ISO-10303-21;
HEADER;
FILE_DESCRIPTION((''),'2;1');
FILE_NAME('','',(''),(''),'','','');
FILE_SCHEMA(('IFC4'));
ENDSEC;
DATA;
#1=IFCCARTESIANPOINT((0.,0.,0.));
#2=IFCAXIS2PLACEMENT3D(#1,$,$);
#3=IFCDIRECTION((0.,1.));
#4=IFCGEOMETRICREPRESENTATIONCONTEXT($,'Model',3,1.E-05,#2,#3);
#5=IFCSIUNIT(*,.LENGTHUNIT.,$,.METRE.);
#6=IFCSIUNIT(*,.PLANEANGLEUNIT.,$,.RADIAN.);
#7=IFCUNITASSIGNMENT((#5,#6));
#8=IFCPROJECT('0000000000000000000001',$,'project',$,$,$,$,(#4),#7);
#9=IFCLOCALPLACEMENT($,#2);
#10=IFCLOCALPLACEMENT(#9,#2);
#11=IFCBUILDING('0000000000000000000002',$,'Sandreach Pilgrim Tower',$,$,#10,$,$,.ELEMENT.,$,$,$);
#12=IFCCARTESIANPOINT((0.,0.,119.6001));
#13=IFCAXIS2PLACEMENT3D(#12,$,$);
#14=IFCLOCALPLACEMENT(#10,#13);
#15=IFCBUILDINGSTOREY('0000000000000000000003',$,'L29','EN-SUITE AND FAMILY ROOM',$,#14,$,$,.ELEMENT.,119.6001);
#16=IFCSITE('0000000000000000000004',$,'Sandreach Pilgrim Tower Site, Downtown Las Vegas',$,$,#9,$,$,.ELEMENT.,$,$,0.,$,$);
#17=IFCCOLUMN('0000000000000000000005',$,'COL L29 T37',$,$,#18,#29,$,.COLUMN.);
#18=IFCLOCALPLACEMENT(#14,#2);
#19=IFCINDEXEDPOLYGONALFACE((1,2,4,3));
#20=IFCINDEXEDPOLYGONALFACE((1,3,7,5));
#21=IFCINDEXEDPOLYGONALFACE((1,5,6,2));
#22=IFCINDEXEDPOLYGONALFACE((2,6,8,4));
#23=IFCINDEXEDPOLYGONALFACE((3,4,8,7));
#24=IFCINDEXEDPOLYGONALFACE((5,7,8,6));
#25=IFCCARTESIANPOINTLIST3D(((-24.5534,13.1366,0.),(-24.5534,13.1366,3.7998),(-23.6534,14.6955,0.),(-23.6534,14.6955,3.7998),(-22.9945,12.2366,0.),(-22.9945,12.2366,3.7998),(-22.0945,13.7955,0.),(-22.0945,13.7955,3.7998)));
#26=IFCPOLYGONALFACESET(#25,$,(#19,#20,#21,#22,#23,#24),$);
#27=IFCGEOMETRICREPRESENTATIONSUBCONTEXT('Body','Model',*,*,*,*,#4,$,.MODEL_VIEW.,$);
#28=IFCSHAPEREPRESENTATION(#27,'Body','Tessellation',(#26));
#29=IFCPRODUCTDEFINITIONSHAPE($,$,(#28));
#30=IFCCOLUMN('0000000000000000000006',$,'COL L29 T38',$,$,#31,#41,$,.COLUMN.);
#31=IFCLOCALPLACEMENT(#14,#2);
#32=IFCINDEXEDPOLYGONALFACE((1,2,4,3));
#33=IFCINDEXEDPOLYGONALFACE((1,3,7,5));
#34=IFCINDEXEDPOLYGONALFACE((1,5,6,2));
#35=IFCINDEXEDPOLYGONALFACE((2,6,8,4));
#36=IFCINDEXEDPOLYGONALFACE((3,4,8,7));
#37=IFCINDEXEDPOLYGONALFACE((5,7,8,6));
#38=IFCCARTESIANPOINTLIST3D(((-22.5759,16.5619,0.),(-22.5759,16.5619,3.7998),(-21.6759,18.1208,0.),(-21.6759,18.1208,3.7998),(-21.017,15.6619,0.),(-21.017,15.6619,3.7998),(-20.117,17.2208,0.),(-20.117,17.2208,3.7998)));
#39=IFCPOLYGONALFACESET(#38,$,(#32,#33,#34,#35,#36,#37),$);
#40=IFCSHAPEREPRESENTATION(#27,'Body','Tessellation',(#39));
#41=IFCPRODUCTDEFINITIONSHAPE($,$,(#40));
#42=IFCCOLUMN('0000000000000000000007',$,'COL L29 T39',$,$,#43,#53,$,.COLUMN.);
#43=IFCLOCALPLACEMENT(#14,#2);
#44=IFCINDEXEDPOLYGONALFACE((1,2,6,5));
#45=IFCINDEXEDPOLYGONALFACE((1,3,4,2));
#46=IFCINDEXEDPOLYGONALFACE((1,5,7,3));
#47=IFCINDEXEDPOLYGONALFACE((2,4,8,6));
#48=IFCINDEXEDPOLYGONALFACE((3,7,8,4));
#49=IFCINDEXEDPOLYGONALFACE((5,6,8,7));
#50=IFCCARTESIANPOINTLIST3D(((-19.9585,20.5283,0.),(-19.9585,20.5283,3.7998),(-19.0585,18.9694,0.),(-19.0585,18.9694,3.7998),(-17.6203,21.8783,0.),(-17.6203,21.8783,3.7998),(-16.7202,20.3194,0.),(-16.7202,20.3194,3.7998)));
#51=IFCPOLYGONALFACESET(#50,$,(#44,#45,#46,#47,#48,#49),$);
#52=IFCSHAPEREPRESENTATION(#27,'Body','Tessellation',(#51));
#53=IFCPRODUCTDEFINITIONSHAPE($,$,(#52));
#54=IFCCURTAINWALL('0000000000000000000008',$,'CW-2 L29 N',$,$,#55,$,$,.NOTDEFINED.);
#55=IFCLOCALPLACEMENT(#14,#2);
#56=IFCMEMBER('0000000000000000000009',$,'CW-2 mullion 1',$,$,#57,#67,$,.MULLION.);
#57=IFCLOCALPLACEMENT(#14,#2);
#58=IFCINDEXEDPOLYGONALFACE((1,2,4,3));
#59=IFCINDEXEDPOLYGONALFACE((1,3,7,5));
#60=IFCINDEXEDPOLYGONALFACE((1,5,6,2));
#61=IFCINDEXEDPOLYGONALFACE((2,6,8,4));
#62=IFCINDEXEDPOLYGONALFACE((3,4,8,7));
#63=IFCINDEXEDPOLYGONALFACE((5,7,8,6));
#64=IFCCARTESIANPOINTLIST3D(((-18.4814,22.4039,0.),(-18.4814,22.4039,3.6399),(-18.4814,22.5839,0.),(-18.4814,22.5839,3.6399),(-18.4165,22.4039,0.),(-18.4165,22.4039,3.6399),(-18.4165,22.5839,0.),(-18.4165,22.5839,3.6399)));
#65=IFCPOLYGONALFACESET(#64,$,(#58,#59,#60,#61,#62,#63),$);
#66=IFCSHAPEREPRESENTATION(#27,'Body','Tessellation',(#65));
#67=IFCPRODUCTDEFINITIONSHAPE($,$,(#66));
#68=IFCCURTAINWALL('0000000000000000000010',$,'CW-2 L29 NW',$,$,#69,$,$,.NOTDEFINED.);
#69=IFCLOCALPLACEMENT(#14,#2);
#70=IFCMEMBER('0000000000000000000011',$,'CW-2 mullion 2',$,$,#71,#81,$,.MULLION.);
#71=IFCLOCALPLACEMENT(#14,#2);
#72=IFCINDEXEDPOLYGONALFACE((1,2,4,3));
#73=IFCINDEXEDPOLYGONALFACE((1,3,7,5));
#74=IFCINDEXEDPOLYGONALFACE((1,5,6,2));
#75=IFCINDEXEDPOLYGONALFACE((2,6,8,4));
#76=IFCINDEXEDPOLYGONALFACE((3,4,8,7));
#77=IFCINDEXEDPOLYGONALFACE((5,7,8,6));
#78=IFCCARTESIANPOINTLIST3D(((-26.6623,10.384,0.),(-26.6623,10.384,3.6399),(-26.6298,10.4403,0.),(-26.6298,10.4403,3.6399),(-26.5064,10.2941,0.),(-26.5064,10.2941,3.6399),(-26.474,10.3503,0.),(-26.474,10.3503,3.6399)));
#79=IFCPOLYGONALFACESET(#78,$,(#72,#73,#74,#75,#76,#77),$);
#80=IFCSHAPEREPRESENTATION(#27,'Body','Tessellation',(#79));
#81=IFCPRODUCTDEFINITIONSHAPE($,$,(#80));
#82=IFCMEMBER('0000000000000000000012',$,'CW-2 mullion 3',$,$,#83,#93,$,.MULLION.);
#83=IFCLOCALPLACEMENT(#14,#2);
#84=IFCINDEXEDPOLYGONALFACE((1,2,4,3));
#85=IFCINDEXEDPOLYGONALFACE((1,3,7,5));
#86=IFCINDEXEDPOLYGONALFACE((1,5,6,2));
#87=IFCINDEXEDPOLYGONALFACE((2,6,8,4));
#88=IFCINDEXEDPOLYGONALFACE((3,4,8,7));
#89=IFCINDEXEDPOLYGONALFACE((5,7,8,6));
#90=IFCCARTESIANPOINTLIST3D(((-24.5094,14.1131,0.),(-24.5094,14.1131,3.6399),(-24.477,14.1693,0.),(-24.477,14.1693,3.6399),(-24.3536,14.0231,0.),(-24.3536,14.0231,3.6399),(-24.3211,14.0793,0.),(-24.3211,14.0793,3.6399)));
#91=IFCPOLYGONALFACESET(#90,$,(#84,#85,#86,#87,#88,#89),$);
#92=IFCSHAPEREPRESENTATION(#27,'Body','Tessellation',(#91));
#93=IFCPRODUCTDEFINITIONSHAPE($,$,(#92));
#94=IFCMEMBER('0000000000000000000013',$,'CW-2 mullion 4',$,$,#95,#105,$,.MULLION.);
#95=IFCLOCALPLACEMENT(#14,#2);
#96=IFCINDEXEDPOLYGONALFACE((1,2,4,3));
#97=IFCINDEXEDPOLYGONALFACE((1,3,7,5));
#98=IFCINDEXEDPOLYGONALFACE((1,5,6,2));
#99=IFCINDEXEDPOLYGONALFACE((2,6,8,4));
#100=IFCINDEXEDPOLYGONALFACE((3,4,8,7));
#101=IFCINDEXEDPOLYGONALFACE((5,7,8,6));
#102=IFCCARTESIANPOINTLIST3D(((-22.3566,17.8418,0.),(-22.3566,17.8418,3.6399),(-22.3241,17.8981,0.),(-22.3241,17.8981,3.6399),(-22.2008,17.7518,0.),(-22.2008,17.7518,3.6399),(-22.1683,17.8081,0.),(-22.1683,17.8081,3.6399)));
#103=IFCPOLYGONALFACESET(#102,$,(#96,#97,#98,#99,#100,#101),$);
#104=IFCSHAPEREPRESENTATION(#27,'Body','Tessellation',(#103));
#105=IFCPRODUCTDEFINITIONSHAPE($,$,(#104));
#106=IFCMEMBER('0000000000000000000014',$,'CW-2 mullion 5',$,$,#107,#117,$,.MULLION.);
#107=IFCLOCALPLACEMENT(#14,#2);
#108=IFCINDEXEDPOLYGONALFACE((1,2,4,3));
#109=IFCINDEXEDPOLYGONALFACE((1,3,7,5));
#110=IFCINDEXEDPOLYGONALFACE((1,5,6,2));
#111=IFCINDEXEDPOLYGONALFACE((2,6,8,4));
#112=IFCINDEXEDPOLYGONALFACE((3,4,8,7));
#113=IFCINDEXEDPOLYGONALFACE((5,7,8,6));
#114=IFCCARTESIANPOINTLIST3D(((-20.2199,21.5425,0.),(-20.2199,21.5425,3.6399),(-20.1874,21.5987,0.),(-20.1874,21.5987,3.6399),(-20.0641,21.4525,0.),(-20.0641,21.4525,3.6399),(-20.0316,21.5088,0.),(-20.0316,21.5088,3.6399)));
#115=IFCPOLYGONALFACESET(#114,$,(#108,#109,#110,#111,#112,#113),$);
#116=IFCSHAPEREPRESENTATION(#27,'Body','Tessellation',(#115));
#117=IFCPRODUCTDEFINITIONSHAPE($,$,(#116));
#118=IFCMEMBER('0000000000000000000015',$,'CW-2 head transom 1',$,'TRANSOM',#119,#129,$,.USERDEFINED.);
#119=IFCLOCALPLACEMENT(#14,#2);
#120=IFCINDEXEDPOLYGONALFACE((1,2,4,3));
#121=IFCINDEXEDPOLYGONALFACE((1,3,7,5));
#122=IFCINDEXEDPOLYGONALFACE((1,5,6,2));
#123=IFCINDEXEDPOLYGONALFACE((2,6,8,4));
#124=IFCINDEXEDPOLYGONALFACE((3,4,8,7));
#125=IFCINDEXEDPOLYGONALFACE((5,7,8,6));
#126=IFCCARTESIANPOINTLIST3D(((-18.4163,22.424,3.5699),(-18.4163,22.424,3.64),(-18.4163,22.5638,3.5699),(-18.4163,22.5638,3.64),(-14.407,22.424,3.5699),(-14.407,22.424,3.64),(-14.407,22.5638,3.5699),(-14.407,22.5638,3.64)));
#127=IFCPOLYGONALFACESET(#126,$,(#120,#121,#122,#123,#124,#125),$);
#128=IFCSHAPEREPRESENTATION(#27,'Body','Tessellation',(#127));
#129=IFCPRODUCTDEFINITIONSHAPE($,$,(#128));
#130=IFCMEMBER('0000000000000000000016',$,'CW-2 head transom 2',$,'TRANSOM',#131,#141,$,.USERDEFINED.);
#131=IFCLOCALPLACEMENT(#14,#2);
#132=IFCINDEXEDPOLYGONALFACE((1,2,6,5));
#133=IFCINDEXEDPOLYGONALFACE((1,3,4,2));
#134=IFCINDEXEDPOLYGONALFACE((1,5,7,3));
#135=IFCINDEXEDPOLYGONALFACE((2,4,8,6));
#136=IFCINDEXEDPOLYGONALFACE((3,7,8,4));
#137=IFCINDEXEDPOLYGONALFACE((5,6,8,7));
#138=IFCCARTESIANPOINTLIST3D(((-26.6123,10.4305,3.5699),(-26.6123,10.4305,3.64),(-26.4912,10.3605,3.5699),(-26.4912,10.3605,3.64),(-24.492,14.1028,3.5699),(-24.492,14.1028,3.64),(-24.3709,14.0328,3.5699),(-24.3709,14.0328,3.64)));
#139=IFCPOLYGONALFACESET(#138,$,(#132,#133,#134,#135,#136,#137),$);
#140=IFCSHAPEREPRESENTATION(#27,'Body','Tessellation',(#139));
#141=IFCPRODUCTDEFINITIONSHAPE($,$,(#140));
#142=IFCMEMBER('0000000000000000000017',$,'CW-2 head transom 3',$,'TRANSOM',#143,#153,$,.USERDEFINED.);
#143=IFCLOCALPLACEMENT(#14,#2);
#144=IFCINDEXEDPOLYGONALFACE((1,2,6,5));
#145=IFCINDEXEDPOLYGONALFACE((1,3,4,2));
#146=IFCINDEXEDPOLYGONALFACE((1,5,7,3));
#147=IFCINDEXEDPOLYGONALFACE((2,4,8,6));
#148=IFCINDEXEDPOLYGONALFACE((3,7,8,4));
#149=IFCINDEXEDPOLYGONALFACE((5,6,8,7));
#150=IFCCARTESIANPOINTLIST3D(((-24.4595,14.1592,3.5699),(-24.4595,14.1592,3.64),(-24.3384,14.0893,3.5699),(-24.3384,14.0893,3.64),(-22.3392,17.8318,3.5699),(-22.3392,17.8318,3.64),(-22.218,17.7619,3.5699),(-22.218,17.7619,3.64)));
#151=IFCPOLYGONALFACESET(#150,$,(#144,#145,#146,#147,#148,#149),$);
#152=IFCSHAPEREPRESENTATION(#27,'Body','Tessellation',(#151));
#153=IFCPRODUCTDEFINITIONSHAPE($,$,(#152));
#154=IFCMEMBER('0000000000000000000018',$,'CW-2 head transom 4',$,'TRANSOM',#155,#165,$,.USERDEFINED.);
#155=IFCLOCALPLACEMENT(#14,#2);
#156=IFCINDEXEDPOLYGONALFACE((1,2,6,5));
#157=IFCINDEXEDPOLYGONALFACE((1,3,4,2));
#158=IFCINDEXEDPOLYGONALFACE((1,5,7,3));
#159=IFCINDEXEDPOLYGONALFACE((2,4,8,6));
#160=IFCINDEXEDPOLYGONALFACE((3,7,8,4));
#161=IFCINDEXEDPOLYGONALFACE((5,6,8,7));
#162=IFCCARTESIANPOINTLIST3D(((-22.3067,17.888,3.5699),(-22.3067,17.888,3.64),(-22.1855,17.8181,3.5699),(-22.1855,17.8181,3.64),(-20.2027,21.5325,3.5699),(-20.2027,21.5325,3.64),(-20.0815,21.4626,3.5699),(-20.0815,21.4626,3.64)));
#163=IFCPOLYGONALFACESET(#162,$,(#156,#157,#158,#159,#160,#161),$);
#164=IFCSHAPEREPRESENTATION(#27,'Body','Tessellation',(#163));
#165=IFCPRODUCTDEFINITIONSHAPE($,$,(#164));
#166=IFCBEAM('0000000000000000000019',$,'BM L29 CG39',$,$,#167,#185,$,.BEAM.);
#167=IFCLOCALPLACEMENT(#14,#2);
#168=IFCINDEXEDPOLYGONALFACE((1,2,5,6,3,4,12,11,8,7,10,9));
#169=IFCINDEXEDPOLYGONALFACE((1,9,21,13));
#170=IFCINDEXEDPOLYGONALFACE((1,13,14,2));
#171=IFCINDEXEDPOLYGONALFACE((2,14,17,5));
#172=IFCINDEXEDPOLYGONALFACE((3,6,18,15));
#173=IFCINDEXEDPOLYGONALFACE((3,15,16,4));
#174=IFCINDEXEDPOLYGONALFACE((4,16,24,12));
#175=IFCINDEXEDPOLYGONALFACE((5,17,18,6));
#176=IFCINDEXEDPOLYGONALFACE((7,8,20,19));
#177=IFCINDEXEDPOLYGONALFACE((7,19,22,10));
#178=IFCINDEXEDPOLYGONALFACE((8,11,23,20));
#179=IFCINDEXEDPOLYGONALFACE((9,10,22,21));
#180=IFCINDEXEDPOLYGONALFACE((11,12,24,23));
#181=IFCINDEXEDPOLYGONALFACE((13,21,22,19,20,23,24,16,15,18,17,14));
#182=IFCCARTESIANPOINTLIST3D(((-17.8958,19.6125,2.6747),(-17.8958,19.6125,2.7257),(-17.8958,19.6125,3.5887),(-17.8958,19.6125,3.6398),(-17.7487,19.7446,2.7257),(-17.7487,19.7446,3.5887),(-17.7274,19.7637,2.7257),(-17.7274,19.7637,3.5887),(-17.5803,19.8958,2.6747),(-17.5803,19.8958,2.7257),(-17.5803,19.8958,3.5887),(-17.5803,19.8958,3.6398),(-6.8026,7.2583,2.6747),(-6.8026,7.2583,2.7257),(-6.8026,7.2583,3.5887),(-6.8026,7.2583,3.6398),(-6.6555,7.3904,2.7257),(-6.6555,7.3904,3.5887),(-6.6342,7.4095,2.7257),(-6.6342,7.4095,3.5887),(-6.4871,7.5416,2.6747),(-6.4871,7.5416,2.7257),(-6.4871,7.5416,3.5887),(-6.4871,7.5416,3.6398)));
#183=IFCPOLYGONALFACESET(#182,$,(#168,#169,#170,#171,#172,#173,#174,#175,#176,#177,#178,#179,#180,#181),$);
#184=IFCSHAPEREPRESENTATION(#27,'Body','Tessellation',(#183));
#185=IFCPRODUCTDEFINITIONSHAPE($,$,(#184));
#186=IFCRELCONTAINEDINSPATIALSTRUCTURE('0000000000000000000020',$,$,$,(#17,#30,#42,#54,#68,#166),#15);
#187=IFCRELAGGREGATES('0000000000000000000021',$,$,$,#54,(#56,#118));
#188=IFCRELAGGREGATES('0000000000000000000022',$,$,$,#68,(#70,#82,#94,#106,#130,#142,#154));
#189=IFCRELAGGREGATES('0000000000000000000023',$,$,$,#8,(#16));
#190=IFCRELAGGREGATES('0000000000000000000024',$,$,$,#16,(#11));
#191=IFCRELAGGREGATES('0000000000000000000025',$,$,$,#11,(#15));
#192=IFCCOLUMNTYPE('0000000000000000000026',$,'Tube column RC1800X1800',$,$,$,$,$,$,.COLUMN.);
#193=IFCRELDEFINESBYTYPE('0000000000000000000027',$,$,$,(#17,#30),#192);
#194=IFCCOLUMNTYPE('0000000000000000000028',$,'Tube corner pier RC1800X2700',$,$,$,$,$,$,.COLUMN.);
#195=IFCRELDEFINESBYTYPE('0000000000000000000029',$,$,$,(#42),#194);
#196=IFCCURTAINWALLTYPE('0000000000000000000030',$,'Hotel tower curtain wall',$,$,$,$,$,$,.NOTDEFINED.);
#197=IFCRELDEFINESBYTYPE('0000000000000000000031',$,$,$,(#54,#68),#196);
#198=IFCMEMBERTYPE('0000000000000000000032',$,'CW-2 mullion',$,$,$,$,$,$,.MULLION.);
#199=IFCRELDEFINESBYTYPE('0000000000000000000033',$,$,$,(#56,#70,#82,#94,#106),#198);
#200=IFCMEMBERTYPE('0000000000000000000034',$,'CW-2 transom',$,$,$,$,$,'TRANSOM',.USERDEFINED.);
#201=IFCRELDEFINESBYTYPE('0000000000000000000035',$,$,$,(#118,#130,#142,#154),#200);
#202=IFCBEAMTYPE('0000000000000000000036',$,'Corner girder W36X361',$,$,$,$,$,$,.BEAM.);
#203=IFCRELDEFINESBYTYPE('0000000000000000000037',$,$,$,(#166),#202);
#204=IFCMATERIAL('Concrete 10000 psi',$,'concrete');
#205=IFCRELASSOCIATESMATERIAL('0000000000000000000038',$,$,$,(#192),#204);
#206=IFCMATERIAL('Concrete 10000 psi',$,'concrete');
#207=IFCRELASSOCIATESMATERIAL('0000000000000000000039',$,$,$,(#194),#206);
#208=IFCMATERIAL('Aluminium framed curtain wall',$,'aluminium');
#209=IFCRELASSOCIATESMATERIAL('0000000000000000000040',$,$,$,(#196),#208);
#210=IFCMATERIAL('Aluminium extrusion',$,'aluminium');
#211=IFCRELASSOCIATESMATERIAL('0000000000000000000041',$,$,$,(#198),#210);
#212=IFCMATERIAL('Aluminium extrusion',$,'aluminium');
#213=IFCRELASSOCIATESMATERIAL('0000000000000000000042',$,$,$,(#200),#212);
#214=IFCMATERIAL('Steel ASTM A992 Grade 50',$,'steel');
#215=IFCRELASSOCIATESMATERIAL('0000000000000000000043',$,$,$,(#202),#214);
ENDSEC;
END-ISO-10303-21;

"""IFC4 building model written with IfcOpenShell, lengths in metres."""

from ifc_helpers import new_model, si_unit, direction, frame, origin, origin_2d, place, context, subcontext, project, spatial, rectangle, i_section, extrude, material, material_profile, profile_set, type_object, element, aggregate, save


model = new_model("IFC4")

# Units and contexts
model_context = context("Model", 3, precision=1e-05, world=origin(), true_north=direction((0.0, 1.0)))
body_context = subcontext(model_context, "Body", "Model", "MODEL_VIEW")
ifc_project = project(units=[si_unit("LENGTHUNIT", "METRE"), si_unit("PLANEANGLEUNIT", "RADIAN")], contexts=[model_context])

# Site, building, storey
site_placement = place(None, origin())
site = spatial("IfcSite", under=ifc_project, at=site_placement, Name="Sandreach Pilgrim Tower Site, Downtown Las Vegas", CompositionType="ELEMENT", RefElevation=0.0)
building_placement = place(site_placement, origin())
building = spatial("IfcBuilding", under=site, at=building_placement, Name="Sandreach Pilgrim Tower", CompositionType="ELEMENT")
storey_placement = place(building_placement, frame((0.0, 0.0, 119.6001)))
storey = spatial("IfcBuildingStorey", under=building, at=storey_placement, Name="L29", Description="EN-SUITE AND FAMILY ROOM", CompositionType="ELEMENT", Elevation=119.6001)

# Columns
ifc_material_1 = material(Name="Concrete 10000 psi", Category="concrete")
ifc_material_profile_1 = material_profile(ifc_material_1, rectangle(XDim=1.8, YDim=1.8, at=origin_2d()), Name="RC1800X1800")
ifc_profile_set_1 = profile_set([ifc_material_profile_1], Name="Concrete 10000 psi")
column_type_1 = type_object("IfcColumnType", Name="Tube column RC1800X1800", PredefinedType="COLUMN", material=ifc_profile_set_1)
for number, where, z_axis, x_axis, name in (
    (1, (-23.324, 13.4661, 0.0), (0.0, 0.0, 1.0), (-0.866025, 0.5, 0.0), "COL L29 T37"),
    (2, (-21.3464, 16.8914, 0.0), (0.0, 0.0, 1.0), (-0.866025, 0.5, 0.0), "COL L29 T38"),
):
    element("IfcColumn", number, at=place(storey_placement, frame(where, z_axis=z_axis, x_axis=x_axis)), inside=storey, type_object=column_type_1, Name=name, PredefinedType="COLUMN", context=body_context, shape_type="SweptSolid", body=[
        extrude(rectangle(XDim=1.8, YDim=1.8, at=origin_2d()), origin(), (0.0, 0.0, 1.0), 3.7998),
    ])
ifc_material_2 = material(Name="Concrete 10000 psi", Category="concrete")
ifc_material_profile_2 = material_profile(ifc_material_2, rectangle(XDim=1.8, YDim=2.7, at=origin_2d()), Name="RC1800X2700")
ifc_profile_set_2 = profile_set([ifc_material_profile_2], Name="Concrete 10000 psi")
column_type_2 = type_object("IfcColumnType", Name="Tube corner pier RC1800X2700", PredefinedType="COLUMN", material=ifc_profile_set_2)
column_placement = place(storey_placement, frame((-18.3394, 20.4238, 0.0), z_axis=(0.0, 0.0, 1.0), x_axis=(-0.5, 0.866025, 0.0)))
element("IfcColumn", 3, at=column_placement, inside=storey, type_object=column_type_2, Name="COL L29 T39", PredefinedType="COLUMN", context=body_context, shape_type="SweptSolid", body=[
    extrude(rectangle(XDim=1.8, YDim=2.7, at=origin_2d()), origin(), (0.0, 0.0, 1.0), 3.7998),
])

# Curtain wall, member
ifc_material_3 = material(Name="Aluminium framed curtain wall", Category="aluminium")
curtain_wall_type = type_object("IfcCurtainWallType", Name="Hotel tower curtain wall", PredefinedType="NOTDEFINED", material=ifc_material_3)
curtain_wall_1_placement = place(storey_placement, origin())
curtain_wall_1 = element("IfcCurtainWall", 4, at=curtain_wall_1_placement, inside=storey, type_object=curtain_wall_type, Name="CW-2 L29 N", PredefinedType="NOTDEFINED")
ifc_material_4 = material(Name="Aluminium extrusion", Category="aluminium")
ifc_material_profile_3 = material_profile(ifc_material_4, rectangle(XDim=0.0649, YDim=0.1799, at=origin_2d()), Name="CW-2M 65X180")
ifc_profile_set_3 = profile_set([ifc_material_profile_3], Name="Aluminium extrusion")
member_type_1 = type_object("IfcMemberType", Name="CW-2 mullion", PredefinedType="MULLION", material=ifc_profile_set_3)
member_1_placement = place(storey_placement, frame((-18.449, 22.4939, 0.0), z_axis=(0.0, 0.0, 1.0), x_axis=(1.0, 0.0, 0.0)))
member_1 = element("IfcMember", 5, at=member_1_placement, type_object=member_type_1, Name="CW-2 mullion 1", PredefinedType="MULLION", context=body_context, shape_type="SweptSolid", body=[
    extrude(rectangle(XDim=0.0649, YDim=0.1799, at=origin_2d()), origin(), (0.0, 0.0, 1.0), 3.6399),
])

# Curtain wall, members
curtain_wall_2_placement = place(storey_placement, origin())
curtain_wall_2 = element("IfcCurtainWall", 6, at=curtain_wall_2_placement, inside=storey, type_object=curtain_wall_type, Name="CW-2 L29 NW", PredefinedType="NOTDEFINED")
member_2_placement = place(storey_placement, frame((-26.5681, 10.3672, 0.0), z_axis=(0.0, 0.0, 1.0), x_axis=(0.5, 0.866025, 0.0)))
member_2 = element("IfcMember", 7, at=member_2_placement, type_object=member_type_1, Name="CW-2 mullion 2", PredefinedType="MULLION", context=body_context, shape_type="SweptSolid", body=[
    extrude(rectangle(XDim=0.0649, YDim=0.1799, at=origin_2d()), origin(), (0.0, 0.0, 1.0), 3.6399),
])
member_3_placement = place(storey_placement, frame((-24.4153, 14.0962, 0.0), z_axis=(0.0, 0.0, 1.0), x_axis=(0.5, 0.866025, 0.0)))
member_3 = element("IfcMember", 8, at=member_3_placement, type_object=member_type_1, Name="CW-2 mullion 3", PredefinedType="MULLION", context=body_context, shape_type="SweptSolid", body=[
    extrude(rectangle(XDim=0.0649, YDim=0.1799, at=origin_2d()), origin(), (0.0, 0.0, 1.0), 3.6399),
])
member_4_placement = place(storey_placement, frame((-22.2625, 17.825, 0.0), z_axis=(0.0, 0.0, 1.0), x_axis=(0.5, 0.866025, 0.0)))
member_4 = element("IfcMember", 9, at=member_4_placement, type_object=member_type_1, Name="CW-2 mullion 4", PredefinedType="MULLION", context=body_context, shape_type="SweptSolid", body=[
    extrude(rectangle(XDim=0.0649, YDim=0.1799, at=origin_2d()), origin(), (0.0, 0.0, 1.0), 3.6399),
])
member_5_placement = place(storey_placement, frame((-20.1257, 21.5256, 0.0), z_axis=(0.0, 0.0, 1.0), x_axis=(0.5, 0.866025, 0.0)))
member_5 = element("IfcMember", 10, at=member_5_placement, type_object=member_type_1, Name="CW-2 mullion 5", PredefinedType="MULLION", context=body_context, shape_type="SweptSolid", body=[
    extrude(rectangle(XDim=0.0649, YDim=0.1799, at=origin_2d()), origin(), (0.0, 0.0, 1.0), 3.6399),
])

# Members
ifc_material_5 = material(Name="Aluminium extrusion", Category="aluminium")
ifc_material_profile_4 = material_profile(ifc_material_5, rectangle(XDim=0.1399, YDim=0.0701, at=origin_2d()), Name="CW-2T 140X70")
ifc_profile_set_4 = profile_set([ifc_material_profile_4], Name="Aluminium extrusion")
member_type_2 = type_object("IfcMemberType", Name="CW-2 transom", ElementType="TRANSOM", PredefinedType="USERDEFINED", material=ifc_profile_set_4)
member_6_placement = place(storey_placement, frame((-18.4163, 22.4939, 3.605), z_axis=(1.0, 0.0, 0.0), x_axis=(0.0, 1.0, 0.0)))
member_6 = element("IfcMember", 11, at=member_6_placement, type_object=member_type_2, Name="CW-2 head transom 1", ObjectType="TRANSOM", PredefinedType="USERDEFINED", context=body_context, shape_type="SweptSolid", body=[
    extrude(rectangle(XDim=0.1399, YDim=0.0701, at=origin_2d()), origin(), (0.0, 0.0, 1.0), 4.0093),
])
member_7_placement = place(storey_placement, frame((-26.5518, 10.3955, 3.605), z_axis=(0.500021, 0.866013, 0.0), x_axis=(-0.866013, 0.500021, 0.0)))
member_7 = element("IfcMember", 12, at=member_7_placement, type_object=member_type_2, Name="CW-2 head transom 2", ObjectType="TRANSOM", PredefinedType="USERDEFINED", context=body_context, shape_type="SweptSolid", body=[
    extrude(rectangle(XDim=0.1399, YDim=0.0701, at=origin_2d()), origin(), (0.0, 0.0, 1.0), 4.2405),
])
member_8_placement = place(storey_placement, frame((-24.3989, 14.1243, 3.605), z_axis=(0.499997, 0.866027, 0.0), x_axis=(-0.866027, 0.499997, 0.0)))
member_8 = element("IfcMember", 13, at=member_8_placement, type_object=member_type_2, Name="CW-2 head transom 3", ObjectType="TRANSOM", PredefinedType="USERDEFINED", context=body_context, shape_type="SweptSolid", body=[
    extrude(rectangle(XDim=0.1399, YDim=0.0701, at=origin_2d()), origin(), (0.0, 0.0, 1.0), 4.2407),
])
member_9_placement = place(storey_placement, frame((-22.2461, 17.853, 3.605), z_axis=(0.49997, 0.866043, 0.0), x_axis=(-0.866043, 0.49997, 0.0)))
member_9 = element("IfcMember", 14, at=member_9_placement, type_object=member_type_2, Name="CW-2 head transom 4", ObjectType="TRANSOM", PredefinedType="USERDEFINED", context=body_context, shape_type="SweptSolid", body=[
    extrude(rectangle(XDim=0.1399, YDim=0.0701, at=origin_2d()), origin(), (0.0, 0.0, 1.0), 4.2083),
])

# Beam
ifc_material_6 = material(Name="Steel ASTM A992 Grade 50", Category="steel")
ifc_material_profile_5 = material_profile(ifc_material_6, i_section(OverallWidth=0.4241, OverallDepth=0.9651, WebThickness=0.0286, FlangeThickness=0.051, at=origin_2d()), Name="W36X361")
ifc_profile_set_5 = profile_set([ifc_material_profile_5], Name="Steel ASTM A992 Grade 50")
beam_type_1 = type_object("IfcBeamType", Name="Corner girder W36X361", PredefinedType="BEAM", material=ifc_profile_set_5)
beam_1_placement = place(storey_placement, frame((-17.738, 19.7542, 3.1572), z_axis=(0.668114, -0.744059, 0.0), x_axis=(0.744059, 0.668114, 0.0)))
element("IfcBeam", 15, at=beam_1_placement, inside=storey, type_object=beam_type_1, Name="BM L29 CG39", PredefinedType="BEAM", context=body_context, shape_type="SweptSolid", body=[
    extrude(i_section(OverallWidth=0.4241, OverallDepth=0.9651, WebThickness=0.0286, FlangeThickness=0.051, at=origin_2d()), origin(), (0.0, 0.0, 1.0), 16.6038),
])

aggregate(curtain_wall_1, [member_1, member_6])
aggregate(curtain_wall_2, [member_2, member_3, member_4, member_5, member_7, member_8, member_9])

save(model, "model.ifc")
